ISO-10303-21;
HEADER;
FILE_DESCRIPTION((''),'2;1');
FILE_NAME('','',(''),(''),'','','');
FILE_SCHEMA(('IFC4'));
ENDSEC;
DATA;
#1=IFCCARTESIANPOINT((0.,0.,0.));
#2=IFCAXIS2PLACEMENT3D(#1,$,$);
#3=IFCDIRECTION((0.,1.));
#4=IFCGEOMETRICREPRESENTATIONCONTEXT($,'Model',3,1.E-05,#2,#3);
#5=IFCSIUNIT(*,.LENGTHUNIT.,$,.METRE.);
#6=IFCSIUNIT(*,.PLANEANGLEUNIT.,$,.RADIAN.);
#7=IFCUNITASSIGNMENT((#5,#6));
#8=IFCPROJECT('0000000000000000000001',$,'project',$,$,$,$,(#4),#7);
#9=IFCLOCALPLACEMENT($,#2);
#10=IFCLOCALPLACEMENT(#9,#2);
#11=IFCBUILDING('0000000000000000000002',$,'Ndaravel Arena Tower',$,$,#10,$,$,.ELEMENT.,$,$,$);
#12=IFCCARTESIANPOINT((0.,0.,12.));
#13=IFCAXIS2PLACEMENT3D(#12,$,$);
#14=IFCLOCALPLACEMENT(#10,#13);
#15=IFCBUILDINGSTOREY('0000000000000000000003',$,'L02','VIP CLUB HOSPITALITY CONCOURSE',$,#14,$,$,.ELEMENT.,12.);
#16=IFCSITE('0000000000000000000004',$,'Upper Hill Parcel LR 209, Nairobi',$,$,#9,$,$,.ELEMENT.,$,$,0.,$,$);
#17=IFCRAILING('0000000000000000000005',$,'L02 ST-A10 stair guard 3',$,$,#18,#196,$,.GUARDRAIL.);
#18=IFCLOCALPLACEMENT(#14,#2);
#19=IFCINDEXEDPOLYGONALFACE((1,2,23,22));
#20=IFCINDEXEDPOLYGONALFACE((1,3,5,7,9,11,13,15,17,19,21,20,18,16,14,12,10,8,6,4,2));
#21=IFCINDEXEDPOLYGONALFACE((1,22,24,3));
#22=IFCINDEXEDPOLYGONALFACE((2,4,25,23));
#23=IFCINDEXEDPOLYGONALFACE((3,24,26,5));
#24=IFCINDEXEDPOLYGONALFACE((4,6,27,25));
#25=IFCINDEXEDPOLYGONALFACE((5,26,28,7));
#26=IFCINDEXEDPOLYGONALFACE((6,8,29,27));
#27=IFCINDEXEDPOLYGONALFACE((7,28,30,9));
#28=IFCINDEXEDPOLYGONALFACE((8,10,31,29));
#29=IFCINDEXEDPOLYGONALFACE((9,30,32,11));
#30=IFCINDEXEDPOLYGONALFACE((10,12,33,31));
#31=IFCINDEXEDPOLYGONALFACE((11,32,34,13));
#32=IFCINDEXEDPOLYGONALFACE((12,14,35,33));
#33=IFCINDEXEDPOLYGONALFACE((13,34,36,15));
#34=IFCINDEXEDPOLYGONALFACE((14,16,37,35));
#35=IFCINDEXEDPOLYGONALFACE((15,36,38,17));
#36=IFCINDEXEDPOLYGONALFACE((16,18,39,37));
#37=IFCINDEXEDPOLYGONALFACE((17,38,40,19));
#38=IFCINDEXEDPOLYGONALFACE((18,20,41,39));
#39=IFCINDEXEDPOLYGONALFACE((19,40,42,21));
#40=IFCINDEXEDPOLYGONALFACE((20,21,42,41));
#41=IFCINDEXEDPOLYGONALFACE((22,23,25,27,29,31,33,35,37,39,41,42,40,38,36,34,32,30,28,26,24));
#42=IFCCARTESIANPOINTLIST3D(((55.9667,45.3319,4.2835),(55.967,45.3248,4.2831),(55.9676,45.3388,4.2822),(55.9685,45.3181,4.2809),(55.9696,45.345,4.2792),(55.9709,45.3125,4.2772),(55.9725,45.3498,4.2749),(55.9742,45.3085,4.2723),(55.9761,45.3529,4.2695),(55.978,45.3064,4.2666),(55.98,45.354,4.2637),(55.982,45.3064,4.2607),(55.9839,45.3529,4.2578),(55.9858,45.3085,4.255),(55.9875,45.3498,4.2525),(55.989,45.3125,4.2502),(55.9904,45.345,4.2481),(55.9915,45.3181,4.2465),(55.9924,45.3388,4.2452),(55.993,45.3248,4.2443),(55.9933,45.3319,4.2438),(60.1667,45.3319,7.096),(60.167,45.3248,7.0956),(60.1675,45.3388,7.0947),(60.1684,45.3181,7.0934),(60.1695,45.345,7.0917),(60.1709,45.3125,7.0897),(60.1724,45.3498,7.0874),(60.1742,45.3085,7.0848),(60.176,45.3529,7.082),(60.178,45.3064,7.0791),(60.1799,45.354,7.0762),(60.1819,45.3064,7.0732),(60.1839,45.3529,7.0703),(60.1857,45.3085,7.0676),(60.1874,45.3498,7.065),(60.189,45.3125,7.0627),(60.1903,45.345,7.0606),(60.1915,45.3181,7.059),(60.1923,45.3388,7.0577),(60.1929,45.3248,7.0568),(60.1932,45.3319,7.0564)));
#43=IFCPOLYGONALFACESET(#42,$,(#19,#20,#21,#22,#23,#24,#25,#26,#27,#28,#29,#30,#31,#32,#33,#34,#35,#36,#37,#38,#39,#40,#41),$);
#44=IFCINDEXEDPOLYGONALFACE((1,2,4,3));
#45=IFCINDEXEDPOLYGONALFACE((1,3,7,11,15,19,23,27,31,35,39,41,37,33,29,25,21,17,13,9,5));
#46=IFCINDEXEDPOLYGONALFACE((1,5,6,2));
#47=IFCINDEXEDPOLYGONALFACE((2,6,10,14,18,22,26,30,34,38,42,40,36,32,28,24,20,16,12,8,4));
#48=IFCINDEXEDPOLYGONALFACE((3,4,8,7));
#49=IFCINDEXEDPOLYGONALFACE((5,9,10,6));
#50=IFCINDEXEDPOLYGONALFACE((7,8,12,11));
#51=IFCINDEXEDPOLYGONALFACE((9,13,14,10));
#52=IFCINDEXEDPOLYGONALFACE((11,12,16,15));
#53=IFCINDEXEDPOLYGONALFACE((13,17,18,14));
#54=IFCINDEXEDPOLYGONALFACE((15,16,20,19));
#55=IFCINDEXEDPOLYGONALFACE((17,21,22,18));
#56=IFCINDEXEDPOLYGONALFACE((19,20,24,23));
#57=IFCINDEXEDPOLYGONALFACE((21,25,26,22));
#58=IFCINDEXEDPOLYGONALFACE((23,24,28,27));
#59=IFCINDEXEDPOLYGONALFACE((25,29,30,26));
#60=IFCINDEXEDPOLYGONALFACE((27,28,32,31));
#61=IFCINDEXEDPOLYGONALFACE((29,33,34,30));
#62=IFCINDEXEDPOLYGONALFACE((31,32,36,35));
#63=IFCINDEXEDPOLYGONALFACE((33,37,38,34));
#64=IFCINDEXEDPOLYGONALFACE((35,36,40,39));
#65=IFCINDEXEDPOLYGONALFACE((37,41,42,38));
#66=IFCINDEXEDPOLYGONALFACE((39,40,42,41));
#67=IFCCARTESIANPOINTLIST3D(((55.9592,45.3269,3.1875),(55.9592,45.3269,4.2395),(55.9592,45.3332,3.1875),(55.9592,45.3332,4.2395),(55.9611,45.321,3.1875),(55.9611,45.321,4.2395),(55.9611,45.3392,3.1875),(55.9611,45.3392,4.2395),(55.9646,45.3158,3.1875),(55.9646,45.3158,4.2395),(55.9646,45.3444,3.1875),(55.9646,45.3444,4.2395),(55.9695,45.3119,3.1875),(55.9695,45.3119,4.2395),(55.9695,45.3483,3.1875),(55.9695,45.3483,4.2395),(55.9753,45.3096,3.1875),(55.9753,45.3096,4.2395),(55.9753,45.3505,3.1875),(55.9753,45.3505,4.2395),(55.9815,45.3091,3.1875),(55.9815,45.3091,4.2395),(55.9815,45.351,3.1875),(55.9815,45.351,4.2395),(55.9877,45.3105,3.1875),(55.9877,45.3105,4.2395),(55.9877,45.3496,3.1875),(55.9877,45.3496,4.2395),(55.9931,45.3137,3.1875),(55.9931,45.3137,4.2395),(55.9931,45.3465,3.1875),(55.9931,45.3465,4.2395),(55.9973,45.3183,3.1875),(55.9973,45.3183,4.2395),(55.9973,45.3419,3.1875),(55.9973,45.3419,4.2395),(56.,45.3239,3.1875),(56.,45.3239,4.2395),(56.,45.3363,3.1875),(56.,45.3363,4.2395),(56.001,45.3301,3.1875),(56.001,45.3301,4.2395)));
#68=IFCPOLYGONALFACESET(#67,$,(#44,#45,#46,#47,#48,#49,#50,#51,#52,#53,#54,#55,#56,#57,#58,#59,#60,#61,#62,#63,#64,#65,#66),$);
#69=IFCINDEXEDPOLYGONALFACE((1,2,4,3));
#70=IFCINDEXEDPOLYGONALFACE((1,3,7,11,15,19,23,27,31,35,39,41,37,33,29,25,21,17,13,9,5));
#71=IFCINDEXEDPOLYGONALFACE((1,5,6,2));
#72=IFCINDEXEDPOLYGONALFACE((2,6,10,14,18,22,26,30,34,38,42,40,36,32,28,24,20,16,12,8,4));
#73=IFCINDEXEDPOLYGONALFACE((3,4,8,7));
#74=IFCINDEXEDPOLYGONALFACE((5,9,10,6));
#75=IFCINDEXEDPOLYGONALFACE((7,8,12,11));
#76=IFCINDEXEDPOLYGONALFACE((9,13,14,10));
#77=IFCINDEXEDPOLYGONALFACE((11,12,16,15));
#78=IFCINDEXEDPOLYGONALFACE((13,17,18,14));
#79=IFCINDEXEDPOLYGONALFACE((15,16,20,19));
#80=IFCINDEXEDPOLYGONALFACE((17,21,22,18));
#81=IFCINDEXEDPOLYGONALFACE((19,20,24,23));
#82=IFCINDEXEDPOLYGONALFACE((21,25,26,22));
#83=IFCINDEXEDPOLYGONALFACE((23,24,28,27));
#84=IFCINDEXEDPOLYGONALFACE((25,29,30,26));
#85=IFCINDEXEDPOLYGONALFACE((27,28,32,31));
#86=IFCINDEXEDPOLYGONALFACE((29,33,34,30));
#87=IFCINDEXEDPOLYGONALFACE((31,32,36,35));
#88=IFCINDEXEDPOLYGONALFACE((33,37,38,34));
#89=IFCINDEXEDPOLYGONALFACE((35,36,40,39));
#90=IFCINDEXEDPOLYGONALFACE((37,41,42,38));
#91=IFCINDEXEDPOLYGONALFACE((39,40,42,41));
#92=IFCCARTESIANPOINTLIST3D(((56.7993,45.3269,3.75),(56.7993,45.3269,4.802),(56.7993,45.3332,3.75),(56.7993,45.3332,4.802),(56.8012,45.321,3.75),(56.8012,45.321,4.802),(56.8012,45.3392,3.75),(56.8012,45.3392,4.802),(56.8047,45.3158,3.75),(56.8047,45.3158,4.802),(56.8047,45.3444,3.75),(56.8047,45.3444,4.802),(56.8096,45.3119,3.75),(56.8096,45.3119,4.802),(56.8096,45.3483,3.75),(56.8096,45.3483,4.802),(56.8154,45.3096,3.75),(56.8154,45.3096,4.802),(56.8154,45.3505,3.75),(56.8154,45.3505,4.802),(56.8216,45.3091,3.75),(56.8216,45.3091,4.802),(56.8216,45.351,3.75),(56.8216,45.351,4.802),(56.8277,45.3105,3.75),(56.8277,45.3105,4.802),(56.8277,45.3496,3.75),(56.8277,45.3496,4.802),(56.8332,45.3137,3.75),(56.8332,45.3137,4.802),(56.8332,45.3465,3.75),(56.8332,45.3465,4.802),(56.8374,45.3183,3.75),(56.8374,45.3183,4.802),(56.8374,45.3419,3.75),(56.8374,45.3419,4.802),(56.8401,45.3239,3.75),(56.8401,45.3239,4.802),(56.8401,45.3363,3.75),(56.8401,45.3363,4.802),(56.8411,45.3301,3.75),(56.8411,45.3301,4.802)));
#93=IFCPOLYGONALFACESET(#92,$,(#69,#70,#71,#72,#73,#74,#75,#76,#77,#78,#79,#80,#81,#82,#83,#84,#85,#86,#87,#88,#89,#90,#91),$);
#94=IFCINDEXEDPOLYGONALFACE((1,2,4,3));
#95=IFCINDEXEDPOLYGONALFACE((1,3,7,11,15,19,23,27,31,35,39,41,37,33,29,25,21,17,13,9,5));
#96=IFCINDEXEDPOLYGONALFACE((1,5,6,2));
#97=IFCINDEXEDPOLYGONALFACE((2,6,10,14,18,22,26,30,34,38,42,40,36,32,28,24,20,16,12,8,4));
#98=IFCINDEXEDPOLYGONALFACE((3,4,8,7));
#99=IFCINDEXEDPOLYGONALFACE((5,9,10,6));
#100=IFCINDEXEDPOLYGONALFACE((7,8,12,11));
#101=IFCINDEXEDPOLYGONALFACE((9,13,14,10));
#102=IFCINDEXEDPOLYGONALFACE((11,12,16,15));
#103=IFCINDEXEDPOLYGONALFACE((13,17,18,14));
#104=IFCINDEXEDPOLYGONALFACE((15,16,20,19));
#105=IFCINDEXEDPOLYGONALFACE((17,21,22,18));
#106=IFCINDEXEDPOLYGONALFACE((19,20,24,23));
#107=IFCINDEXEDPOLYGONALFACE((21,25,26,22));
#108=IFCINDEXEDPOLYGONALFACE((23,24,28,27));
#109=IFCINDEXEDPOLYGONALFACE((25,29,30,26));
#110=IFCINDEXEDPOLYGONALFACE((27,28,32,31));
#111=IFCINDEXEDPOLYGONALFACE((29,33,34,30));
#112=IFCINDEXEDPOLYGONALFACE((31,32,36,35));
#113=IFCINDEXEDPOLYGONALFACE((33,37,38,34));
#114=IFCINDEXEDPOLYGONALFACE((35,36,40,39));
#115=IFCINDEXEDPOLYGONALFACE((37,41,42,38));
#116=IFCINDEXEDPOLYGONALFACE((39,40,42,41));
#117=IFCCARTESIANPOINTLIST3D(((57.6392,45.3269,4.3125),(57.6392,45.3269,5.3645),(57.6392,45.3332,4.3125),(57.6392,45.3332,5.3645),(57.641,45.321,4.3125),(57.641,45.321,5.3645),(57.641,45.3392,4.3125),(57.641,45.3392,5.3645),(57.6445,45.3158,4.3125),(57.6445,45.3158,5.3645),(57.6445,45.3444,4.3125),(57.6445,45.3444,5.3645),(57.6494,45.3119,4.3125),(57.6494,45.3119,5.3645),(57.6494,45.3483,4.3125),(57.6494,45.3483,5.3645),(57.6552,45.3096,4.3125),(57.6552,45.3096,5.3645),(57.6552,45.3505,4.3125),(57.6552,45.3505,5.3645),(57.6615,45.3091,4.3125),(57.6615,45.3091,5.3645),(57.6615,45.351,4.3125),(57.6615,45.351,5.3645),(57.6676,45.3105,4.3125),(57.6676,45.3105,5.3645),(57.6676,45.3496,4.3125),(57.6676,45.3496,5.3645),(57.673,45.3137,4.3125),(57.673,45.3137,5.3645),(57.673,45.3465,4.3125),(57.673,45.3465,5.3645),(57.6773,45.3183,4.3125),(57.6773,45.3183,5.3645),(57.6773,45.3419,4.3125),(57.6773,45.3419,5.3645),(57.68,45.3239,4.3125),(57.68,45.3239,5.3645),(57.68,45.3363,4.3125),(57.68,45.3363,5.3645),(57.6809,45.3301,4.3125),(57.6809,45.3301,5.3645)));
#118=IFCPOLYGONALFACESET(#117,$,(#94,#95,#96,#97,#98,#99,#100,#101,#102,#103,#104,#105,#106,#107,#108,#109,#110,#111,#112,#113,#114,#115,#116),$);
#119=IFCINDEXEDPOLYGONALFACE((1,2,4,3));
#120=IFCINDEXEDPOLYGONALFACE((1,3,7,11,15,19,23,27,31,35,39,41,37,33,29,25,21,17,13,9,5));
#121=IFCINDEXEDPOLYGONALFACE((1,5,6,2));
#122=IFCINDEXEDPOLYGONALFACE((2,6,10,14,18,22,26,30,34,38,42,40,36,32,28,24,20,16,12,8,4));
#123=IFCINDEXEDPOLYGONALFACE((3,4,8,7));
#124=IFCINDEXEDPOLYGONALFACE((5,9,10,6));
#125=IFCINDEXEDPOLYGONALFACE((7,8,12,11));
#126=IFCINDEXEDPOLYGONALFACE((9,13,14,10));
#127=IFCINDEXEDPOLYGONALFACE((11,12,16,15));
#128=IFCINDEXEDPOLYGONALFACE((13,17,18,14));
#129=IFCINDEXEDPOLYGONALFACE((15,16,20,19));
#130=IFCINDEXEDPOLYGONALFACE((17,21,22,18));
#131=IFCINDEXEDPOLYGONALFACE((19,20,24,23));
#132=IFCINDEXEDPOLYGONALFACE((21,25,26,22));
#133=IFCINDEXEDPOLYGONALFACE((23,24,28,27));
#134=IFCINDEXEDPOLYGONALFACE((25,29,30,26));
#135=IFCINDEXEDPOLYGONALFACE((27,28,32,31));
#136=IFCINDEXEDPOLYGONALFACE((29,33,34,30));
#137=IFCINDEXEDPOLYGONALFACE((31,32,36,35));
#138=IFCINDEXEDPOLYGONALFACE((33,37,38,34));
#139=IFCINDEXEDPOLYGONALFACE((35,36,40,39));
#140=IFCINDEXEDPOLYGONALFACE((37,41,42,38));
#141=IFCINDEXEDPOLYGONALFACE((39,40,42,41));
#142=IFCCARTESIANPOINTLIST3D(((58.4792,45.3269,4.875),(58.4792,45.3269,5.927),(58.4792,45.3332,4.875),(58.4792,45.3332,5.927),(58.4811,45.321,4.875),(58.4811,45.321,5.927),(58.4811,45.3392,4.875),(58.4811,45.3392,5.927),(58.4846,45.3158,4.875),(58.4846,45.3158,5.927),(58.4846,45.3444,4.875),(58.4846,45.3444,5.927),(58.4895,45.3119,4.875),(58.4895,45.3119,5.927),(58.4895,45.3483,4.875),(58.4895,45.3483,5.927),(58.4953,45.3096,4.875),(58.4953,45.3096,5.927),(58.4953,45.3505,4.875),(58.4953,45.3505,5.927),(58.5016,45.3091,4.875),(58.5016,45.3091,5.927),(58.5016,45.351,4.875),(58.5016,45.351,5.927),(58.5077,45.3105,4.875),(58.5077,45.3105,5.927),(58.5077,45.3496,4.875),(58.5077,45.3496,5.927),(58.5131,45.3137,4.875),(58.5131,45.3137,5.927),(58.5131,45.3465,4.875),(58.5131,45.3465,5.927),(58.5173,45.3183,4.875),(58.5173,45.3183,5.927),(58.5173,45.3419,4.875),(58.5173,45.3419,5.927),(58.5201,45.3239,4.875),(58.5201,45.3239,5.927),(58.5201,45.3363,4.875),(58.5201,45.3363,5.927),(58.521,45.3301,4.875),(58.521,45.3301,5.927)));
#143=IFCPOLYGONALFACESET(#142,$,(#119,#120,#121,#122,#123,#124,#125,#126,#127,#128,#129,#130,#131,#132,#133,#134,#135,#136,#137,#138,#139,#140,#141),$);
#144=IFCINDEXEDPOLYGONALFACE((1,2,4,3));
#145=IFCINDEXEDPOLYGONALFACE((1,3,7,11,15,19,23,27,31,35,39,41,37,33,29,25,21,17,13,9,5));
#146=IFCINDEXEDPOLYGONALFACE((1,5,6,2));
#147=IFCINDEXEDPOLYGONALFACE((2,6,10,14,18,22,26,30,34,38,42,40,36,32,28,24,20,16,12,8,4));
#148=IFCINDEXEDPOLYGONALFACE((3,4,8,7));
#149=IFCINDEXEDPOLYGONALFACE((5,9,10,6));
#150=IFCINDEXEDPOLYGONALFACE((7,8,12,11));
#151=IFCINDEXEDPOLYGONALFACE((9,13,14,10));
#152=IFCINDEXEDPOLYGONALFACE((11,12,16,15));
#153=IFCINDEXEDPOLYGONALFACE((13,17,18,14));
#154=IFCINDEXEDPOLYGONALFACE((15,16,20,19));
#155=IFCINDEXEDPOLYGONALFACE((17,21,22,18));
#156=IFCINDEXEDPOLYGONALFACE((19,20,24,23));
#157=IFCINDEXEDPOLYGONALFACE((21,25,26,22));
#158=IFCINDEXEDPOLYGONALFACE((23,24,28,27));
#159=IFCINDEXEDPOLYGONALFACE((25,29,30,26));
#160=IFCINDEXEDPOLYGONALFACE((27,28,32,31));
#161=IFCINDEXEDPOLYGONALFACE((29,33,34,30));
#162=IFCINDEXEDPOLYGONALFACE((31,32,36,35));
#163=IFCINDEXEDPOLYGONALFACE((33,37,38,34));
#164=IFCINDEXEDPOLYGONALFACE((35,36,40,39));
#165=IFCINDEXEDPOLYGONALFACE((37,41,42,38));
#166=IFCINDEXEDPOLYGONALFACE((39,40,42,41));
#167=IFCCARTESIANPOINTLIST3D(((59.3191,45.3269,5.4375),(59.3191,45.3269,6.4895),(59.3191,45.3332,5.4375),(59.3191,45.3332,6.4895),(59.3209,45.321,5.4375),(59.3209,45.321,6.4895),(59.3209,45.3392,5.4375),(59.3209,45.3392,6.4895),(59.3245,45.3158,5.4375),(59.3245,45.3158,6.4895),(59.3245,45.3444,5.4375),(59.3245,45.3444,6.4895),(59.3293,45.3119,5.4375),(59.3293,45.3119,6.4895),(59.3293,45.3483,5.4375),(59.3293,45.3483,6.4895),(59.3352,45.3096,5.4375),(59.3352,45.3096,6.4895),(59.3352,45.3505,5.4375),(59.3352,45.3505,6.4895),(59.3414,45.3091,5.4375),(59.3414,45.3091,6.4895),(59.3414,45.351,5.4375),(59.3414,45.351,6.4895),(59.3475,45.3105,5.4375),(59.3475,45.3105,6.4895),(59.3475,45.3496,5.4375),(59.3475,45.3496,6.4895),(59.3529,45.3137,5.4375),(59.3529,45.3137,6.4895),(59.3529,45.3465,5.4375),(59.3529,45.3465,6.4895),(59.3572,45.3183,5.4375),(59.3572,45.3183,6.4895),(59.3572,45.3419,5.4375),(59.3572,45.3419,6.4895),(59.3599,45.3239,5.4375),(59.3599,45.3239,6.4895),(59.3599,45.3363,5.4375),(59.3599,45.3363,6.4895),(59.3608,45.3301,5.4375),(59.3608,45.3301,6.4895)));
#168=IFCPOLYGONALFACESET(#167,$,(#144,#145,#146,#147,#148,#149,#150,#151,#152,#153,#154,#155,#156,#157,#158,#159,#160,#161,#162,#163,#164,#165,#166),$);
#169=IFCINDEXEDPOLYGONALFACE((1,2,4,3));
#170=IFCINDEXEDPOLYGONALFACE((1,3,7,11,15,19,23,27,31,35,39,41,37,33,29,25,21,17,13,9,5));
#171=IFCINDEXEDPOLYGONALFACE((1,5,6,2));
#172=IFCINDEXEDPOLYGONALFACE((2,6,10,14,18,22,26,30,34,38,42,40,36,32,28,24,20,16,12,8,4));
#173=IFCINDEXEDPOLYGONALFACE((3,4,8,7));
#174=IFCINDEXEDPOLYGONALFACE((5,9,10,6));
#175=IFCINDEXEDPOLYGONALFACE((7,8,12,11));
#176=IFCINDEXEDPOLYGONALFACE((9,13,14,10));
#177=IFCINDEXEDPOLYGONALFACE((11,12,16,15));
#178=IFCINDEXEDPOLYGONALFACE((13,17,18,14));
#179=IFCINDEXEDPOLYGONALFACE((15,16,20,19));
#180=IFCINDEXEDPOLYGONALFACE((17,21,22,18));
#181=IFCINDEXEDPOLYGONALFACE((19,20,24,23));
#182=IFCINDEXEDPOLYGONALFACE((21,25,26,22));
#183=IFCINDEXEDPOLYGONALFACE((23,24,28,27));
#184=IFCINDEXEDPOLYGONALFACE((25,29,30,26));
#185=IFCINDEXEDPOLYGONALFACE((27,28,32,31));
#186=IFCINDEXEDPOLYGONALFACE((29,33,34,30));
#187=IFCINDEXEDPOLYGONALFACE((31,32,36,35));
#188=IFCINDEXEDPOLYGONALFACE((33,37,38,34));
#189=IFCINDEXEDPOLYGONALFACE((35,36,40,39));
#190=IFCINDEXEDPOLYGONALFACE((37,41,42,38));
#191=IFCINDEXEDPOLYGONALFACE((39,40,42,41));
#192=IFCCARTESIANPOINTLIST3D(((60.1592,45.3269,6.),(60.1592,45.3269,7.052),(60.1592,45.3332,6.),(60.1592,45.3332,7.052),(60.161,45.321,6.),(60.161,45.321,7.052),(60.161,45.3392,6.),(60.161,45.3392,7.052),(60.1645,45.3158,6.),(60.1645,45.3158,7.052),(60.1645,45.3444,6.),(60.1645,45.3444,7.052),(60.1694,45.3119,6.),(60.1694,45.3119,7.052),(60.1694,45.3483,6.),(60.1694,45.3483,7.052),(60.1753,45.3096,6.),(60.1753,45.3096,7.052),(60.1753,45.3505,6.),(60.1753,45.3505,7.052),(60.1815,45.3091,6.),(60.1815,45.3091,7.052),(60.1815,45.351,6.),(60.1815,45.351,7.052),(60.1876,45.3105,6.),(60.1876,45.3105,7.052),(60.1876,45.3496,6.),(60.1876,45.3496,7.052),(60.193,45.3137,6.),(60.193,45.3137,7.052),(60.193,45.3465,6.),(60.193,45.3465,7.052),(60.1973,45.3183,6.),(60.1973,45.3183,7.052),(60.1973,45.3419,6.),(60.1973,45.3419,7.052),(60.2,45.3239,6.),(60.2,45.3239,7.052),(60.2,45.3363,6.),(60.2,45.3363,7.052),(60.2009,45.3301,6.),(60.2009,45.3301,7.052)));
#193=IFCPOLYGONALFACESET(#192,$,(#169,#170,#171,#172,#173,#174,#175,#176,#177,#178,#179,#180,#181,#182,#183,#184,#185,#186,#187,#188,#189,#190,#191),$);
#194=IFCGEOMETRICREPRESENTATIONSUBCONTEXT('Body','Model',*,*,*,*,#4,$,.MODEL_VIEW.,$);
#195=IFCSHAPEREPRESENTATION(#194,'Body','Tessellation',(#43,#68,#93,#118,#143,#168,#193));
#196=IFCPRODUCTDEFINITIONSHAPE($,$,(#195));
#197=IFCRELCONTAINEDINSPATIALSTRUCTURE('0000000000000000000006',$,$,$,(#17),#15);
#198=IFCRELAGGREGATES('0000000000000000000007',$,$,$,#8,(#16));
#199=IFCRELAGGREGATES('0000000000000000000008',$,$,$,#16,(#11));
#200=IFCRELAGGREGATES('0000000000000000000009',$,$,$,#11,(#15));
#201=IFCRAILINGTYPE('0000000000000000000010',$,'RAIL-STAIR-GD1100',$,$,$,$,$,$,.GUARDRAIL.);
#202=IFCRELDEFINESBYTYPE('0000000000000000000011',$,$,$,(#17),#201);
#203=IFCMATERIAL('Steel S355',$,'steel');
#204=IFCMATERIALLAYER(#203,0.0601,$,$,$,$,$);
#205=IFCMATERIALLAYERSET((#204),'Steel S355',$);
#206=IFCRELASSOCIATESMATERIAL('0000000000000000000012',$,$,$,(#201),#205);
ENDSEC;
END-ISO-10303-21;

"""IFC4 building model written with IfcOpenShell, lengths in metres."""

from ifc_helpers import new_model, si_unit, direction, frame, origin, origin_2d, place, context, subcontext, project, spatial, circle, extrude, material, layer, layer_set, type_object, element, save


model = new_model("IFC4")

# Units and contexts
model_context = context("Model", 3, precision=1e-05, world=origin(), true_north=direction((0.0, 1.0)))
body_context = subcontext(model_context, "Body", "Model", "MODEL_VIEW")
ifc_project = project(units=[si_unit("LENGTHUNIT", "METRE"), si_unit("PLANEANGLEUNIT", "RADIAN")], contexts=[model_context])

# Site, building, storey
site_placement = place(None, origin())
site = spatial("IfcSite", under=ifc_project, at=site_placement, Name="Upper Hill Parcel LR 209, Nairobi", CompositionType="ELEMENT", RefElevation=0.0)
building_placement = place(site_placement, origin())
building = spatial("IfcBuilding", under=site, at=building_placement, Name="Ndaravel Arena Tower", CompositionType="ELEMENT")
storey_placement = place(building_placement, frame((0.0, 0.0, 12.0)))
storey = spatial("IfcBuildingStorey", under=building, at=storey_placement, Name="L02", Description="VIP CLUB HOSPITALITY CONCOURSE", CompositionType="ELEMENT", Elevation=12.0)

# Railing
ifc_material_1 = material(Name="Steel S355", Category="steel")
ifc_layer_1 = layer(ifc_material_1, 0.0601)
ifc_layer_set_1 = layer_set([ifc_layer_1], Name="Steel S355")
railing_type_1 = type_object("IfcRailingType", Name="RAIL-STAIR-GD1100", PredefinedType="GUARDRAIL", material=ifc_layer_set_1)
railing_1_placement = place(storey_placement, frame((55.98, 45.3301, 3.1875)))
element("IfcRailing", 1, at=railing_1_placement, inside=storey, type_object=railing_type_1, Name="L02 ST-A10 stair guard 3", PredefinedType="GUARDRAIL", context=body_context, shape_type="SweptSolid", body=[
    extrude(circle(Radius=0.0239, at=origin_2d()), frame((0.0, 0.0, 1.0762), z_axis=(0.830904, 0.0, 0.556416), x_axis=(0.0, 1.0, 0.0)), (0.0, 0.0, 1.0), 5.0547),
    extrude(circle(Radius=0.021, at=origin_2d()), origin(), (0.0, 0.0, 1.0), 1.052),
    extrude(circle(Radius=0.021, at=origin_2d()), frame((0.8401, 0.0, 0.5625)), (0.0, 0.0, 1.0), 1.052),
    extrude(circle(Radius=0.021, at=origin_2d()), frame((1.6799, 0.0, 1.125)), (0.0, 0.0, 1.0), 1.052),
    extrude(circle(Radius=0.021, at=origin_2d()), frame((2.52, 0.0, 1.6875)), (0.0, 0.0, 1.0), 1.052),
    extrude(circle(Radius=0.021, at=origin_2d()), frame((3.3599, 0.0, 2.25)), (0.0, 0.0, 1.0), 1.052),
    extrude(circle(Radius=0.021, at=origin_2d()), frame((4.2, 0.0, 2.8125)), (0.0, 0.0, 1.0), 1.052),
])

save(model, "model.ifc")
